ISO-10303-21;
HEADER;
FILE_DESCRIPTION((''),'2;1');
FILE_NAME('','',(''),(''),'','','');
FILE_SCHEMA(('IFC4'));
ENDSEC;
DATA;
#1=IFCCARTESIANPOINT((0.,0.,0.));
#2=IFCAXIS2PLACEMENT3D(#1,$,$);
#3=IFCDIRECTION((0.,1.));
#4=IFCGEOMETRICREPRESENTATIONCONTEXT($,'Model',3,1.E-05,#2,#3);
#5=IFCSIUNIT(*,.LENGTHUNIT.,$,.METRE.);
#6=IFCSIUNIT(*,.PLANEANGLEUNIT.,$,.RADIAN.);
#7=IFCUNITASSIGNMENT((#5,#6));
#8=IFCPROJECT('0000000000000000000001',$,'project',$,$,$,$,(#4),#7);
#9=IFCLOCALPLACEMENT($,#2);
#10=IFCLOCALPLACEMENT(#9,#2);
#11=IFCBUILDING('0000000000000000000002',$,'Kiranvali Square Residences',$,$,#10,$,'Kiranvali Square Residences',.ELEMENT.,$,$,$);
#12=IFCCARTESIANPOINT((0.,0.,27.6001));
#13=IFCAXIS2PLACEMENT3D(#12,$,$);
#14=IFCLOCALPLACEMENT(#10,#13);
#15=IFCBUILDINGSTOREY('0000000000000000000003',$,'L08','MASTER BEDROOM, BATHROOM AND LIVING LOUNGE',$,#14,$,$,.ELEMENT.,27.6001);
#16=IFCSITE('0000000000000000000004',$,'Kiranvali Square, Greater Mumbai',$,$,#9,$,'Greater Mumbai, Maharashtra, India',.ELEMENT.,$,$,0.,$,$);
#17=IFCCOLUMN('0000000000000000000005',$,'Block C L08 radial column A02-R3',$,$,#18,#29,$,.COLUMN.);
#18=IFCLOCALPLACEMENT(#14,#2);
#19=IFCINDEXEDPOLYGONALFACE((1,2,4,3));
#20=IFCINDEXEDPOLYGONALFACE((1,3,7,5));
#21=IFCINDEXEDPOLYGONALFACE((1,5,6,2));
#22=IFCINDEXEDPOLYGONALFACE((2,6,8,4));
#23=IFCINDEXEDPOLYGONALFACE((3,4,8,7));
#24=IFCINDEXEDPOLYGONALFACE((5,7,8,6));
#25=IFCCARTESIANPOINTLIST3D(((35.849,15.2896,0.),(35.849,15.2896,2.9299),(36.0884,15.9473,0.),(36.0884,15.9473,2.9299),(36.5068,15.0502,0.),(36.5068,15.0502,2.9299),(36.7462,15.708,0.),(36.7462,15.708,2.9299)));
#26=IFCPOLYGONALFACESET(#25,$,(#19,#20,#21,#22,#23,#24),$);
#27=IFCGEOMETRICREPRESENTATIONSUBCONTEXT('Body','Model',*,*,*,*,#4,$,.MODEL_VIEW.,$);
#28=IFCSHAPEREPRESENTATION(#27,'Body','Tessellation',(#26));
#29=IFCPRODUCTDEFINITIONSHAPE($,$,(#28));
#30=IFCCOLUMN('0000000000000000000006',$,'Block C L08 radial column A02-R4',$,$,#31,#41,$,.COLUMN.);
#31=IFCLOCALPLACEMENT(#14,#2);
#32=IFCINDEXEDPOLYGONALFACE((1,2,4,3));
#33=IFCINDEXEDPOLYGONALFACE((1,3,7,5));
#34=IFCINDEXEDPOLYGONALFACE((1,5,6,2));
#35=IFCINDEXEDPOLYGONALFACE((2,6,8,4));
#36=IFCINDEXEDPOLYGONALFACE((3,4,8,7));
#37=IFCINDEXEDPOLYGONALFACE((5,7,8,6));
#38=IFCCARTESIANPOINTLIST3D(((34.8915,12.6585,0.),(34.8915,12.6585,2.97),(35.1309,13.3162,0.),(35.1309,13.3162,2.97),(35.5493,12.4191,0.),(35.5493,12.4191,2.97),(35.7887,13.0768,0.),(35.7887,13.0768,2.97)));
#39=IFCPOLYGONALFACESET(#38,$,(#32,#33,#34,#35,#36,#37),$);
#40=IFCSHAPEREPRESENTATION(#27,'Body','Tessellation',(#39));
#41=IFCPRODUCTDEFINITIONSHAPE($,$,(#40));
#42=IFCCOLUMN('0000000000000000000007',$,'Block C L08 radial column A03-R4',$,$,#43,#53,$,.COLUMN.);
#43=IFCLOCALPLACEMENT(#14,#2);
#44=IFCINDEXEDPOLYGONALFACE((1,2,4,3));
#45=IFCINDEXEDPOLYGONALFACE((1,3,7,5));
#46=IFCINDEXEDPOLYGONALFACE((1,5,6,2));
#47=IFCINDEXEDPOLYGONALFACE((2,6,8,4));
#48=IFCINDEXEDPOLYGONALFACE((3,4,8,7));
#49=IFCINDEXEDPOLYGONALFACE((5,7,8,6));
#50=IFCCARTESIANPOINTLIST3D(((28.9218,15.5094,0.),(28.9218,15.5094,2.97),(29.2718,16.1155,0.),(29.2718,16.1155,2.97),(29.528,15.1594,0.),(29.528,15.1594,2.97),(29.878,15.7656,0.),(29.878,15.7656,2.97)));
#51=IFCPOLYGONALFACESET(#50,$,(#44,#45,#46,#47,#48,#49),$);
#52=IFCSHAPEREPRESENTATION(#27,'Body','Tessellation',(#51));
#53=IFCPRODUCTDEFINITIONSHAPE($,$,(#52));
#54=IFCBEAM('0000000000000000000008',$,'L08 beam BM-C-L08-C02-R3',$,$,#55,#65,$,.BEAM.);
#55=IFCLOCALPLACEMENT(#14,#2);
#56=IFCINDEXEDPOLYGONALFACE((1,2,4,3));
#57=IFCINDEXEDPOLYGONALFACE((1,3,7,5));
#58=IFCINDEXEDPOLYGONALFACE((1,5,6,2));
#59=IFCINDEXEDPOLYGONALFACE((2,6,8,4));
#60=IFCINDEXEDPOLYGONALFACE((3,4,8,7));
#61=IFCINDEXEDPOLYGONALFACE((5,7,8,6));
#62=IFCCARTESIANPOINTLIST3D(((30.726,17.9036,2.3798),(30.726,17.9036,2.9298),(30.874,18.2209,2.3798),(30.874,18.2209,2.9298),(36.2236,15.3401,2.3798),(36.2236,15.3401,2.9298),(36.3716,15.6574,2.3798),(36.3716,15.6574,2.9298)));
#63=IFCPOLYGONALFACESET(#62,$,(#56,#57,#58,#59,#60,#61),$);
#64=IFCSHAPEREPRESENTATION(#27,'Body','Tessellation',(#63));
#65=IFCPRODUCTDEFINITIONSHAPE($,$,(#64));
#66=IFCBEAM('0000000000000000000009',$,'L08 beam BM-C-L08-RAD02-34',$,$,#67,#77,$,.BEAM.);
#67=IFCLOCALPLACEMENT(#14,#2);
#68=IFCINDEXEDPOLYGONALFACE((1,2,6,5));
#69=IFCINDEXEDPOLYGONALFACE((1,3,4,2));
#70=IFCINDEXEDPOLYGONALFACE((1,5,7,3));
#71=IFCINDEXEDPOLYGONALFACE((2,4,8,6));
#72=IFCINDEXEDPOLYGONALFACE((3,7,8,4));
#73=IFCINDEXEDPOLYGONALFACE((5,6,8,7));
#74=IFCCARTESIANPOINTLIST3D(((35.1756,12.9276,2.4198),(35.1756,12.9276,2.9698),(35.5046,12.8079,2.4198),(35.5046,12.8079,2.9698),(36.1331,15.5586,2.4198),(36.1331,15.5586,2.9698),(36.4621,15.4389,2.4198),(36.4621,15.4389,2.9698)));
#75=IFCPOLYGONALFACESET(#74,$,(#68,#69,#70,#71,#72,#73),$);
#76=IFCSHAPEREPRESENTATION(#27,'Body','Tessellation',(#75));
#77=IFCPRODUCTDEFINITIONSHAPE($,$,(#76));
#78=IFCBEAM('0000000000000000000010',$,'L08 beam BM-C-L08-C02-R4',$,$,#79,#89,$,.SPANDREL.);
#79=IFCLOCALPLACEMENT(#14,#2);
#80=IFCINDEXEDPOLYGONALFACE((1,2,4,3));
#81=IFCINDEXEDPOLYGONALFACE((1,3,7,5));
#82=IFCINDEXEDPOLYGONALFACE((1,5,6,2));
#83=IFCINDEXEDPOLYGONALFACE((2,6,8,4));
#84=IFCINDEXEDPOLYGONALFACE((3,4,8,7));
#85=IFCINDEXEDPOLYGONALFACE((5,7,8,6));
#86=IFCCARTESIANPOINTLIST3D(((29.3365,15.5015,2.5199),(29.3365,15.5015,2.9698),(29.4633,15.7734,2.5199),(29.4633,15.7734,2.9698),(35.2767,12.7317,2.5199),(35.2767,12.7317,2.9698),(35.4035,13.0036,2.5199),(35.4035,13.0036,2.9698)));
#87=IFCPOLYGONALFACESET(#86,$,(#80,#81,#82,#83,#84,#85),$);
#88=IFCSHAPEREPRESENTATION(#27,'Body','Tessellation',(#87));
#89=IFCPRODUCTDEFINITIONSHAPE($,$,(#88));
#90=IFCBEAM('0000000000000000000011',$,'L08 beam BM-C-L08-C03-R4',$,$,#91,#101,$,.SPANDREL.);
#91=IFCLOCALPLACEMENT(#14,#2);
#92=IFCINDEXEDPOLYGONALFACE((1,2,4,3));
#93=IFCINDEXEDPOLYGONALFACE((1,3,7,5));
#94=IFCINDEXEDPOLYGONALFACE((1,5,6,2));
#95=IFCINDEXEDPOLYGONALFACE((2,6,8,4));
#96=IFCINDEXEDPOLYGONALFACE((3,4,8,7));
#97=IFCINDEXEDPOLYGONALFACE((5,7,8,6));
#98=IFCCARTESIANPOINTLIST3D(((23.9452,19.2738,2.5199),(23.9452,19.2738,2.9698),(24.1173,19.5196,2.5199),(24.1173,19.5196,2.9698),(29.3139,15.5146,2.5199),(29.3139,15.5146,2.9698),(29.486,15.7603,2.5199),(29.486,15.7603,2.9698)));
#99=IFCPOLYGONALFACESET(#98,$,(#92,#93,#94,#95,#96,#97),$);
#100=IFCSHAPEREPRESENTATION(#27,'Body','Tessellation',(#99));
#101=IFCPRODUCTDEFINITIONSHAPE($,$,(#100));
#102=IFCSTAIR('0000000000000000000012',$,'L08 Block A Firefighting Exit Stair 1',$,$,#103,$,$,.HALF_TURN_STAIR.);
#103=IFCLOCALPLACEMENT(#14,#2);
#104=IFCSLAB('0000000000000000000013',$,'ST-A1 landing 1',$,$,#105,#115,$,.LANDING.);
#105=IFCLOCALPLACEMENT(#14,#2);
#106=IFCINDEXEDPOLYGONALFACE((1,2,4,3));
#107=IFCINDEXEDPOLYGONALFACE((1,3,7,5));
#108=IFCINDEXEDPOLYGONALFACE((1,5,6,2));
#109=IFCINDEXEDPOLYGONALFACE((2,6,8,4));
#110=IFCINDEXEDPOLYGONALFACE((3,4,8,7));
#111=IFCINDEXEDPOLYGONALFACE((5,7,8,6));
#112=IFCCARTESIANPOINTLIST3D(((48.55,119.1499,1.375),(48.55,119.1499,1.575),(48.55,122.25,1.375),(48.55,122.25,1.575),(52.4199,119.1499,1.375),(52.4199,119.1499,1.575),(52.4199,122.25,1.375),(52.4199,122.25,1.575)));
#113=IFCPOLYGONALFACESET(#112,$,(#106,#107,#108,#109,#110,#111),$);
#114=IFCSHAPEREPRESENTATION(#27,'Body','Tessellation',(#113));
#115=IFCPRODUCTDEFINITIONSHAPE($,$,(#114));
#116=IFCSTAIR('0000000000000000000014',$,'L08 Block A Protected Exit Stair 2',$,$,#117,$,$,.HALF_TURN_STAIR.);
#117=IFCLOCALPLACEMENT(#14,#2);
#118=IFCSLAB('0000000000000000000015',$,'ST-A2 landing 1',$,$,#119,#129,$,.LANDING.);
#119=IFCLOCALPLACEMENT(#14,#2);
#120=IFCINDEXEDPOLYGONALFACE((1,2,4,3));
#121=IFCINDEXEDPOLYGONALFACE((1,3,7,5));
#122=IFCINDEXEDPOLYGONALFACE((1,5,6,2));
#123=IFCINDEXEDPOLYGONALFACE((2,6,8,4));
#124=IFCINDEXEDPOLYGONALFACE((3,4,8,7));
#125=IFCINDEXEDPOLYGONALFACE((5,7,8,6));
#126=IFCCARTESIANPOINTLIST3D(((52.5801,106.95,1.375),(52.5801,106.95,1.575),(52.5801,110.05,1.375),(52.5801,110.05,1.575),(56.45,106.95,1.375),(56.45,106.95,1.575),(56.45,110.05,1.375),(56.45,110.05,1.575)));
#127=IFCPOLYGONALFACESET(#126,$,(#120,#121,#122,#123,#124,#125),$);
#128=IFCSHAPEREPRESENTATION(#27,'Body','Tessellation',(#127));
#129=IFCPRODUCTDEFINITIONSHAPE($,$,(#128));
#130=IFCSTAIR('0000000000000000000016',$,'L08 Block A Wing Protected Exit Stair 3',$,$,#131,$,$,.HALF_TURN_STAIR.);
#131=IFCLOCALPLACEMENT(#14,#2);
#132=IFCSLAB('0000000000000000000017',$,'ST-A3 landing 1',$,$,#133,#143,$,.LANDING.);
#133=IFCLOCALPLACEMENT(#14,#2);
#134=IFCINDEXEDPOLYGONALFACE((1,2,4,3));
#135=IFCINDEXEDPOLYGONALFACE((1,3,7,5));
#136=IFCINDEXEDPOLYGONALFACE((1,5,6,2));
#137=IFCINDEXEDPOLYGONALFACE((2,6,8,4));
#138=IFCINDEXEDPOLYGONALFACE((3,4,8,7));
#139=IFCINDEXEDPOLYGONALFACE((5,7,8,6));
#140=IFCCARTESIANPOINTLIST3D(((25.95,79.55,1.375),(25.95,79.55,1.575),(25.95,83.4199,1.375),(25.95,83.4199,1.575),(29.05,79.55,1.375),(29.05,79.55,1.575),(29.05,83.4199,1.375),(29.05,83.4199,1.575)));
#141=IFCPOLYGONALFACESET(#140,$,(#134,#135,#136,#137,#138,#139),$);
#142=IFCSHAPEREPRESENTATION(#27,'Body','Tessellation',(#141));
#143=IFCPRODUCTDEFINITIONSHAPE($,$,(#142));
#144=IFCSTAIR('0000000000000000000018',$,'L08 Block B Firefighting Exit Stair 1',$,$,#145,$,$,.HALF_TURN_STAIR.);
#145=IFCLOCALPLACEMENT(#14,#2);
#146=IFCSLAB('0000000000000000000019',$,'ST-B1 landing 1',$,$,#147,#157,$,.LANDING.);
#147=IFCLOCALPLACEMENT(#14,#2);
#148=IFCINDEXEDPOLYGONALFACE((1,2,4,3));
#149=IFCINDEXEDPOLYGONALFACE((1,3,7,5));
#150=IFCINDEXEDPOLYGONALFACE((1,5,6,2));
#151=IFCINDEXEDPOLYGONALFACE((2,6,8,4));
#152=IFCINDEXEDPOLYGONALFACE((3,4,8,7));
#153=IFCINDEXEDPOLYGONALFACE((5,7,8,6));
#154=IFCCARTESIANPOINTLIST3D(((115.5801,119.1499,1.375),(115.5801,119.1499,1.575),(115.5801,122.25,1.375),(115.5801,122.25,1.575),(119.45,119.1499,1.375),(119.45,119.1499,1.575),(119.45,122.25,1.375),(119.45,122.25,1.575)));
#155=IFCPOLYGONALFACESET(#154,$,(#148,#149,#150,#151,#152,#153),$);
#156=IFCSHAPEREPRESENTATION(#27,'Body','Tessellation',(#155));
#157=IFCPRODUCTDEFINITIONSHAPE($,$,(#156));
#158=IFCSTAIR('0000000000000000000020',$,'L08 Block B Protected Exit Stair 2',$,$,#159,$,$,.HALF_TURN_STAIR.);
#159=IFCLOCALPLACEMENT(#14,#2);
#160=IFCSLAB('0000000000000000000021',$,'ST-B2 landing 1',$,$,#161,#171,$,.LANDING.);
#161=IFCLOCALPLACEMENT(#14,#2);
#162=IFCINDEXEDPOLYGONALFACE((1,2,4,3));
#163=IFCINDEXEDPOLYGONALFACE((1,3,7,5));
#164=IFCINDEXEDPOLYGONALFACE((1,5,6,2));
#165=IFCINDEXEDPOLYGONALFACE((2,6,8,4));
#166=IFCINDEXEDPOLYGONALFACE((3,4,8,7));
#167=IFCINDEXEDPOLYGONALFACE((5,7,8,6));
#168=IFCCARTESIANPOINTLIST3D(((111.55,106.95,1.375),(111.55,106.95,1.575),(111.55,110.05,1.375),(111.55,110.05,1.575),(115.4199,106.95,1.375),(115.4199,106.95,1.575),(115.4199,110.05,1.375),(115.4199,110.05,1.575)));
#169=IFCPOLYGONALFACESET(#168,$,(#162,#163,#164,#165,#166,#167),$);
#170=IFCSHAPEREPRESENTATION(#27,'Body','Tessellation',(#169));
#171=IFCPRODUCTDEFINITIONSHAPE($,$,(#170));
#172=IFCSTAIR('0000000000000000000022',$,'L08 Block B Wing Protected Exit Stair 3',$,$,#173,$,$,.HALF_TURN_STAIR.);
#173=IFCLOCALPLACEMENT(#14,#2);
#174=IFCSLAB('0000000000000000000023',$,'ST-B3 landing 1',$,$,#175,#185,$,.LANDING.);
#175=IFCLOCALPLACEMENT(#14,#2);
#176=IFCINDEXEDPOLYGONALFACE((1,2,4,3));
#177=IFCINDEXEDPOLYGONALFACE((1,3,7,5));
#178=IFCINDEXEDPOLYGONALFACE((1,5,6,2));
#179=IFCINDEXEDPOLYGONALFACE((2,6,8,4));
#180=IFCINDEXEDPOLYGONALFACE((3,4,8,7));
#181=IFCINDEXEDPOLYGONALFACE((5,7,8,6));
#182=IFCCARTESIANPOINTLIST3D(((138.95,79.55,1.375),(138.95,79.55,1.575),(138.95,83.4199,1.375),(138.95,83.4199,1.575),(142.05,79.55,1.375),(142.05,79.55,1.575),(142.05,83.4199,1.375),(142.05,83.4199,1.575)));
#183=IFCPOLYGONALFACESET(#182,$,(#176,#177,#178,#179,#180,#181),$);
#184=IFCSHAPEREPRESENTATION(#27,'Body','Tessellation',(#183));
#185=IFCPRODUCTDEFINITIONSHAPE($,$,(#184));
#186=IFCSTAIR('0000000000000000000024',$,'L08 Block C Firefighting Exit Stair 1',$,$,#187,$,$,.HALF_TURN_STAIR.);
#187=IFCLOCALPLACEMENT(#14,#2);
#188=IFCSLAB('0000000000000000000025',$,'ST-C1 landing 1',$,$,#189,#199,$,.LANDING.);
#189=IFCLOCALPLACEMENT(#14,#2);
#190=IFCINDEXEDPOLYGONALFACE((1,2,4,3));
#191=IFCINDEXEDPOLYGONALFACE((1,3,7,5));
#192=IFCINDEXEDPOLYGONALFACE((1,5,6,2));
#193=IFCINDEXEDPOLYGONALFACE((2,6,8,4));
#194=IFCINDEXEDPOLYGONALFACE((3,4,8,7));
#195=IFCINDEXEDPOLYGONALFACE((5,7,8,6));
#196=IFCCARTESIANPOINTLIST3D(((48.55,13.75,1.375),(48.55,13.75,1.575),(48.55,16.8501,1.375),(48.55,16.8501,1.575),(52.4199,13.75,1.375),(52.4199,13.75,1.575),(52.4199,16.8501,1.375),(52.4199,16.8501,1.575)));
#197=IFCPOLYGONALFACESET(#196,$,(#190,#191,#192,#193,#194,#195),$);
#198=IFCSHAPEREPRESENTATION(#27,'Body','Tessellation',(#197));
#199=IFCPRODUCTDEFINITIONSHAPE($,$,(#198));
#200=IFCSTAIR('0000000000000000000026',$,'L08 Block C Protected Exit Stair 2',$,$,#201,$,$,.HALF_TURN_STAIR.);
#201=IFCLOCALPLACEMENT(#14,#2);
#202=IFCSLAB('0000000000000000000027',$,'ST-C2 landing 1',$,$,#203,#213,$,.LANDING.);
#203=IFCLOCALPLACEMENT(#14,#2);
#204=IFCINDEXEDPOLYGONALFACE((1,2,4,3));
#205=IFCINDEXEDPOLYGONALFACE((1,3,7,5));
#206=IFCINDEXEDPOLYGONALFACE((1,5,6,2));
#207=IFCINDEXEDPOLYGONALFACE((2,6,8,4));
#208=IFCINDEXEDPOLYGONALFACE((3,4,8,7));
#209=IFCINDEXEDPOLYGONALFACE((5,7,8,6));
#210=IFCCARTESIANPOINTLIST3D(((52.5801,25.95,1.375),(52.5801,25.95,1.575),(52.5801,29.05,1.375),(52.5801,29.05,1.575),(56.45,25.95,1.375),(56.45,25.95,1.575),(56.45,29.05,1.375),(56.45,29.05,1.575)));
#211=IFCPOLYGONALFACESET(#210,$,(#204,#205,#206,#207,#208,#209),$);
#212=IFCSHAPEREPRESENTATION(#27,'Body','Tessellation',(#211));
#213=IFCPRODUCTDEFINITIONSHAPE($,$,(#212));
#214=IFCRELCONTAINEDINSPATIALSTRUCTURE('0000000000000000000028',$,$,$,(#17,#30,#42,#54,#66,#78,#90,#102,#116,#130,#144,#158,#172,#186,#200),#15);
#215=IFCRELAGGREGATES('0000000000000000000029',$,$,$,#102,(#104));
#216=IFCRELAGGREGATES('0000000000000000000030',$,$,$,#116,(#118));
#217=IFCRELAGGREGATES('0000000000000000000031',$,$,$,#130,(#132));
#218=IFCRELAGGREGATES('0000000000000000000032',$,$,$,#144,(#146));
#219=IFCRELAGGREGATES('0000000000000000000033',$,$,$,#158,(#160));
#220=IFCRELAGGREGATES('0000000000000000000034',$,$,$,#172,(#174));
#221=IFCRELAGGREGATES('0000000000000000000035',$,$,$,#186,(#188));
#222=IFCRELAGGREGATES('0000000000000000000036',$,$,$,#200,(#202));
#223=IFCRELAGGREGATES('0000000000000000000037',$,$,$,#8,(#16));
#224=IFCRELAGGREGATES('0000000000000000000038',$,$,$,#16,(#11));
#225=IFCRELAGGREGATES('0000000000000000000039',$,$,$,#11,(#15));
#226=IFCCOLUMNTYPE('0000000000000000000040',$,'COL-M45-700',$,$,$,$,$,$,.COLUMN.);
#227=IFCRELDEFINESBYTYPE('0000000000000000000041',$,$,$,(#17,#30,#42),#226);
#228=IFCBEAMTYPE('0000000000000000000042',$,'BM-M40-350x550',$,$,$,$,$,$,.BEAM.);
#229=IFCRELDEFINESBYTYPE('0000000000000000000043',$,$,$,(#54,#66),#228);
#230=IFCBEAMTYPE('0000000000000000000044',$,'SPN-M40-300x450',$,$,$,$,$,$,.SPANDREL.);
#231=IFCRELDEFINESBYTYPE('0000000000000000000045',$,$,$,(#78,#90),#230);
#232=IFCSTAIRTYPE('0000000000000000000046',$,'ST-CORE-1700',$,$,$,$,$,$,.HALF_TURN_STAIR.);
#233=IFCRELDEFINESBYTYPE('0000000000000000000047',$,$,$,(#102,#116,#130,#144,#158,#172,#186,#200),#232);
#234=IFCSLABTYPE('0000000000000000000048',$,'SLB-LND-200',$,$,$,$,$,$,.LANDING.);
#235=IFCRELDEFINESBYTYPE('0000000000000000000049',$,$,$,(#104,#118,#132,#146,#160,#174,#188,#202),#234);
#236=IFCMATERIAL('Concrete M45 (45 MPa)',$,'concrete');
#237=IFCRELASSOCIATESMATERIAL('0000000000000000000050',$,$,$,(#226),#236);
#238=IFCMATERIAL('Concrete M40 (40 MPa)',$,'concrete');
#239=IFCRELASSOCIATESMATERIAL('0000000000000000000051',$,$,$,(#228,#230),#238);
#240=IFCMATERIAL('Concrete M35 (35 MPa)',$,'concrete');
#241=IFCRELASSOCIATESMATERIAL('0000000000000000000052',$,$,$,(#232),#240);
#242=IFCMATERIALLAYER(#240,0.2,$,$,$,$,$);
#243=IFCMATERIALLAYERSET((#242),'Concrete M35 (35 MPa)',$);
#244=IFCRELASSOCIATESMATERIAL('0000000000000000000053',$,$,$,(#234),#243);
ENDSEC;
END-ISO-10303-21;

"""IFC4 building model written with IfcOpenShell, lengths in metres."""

from ifc_helpers import new_model, si_unit, direction, frame, origin, origin_2d, place, context, subcontext, project, spatial, polyline, rectangle, outline, extrude, material, layer, layer_set, material_profile, profile_set, type_object, element, aggregate, save


model = new_model("IFC4")

# Units and contexts
model_context = context("Model", 3, precision=1e-05, world=origin(), true_north=direction((0.0, 1.0)))
body_context = subcontext(model_context, "Body", "Model", "MODEL_VIEW")
ifc_project = project(units=[si_unit("LENGTHUNIT", "METRE"), si_unit("PLANEANGLEUNIT", "RADIAN")], contexts=[model_context])

# Site, building, storey
site_placement = place(None, origin())
site = spatial("IfcSite", under=ifc_project, at=site_placement, Name="Kiranvali Square, Greater Mumbai", LongName="Greater Mumbai, Maharashtra, India", CompositionType="ELEMENT", RefElevation=0.0)
building_placement = place(site_placement, origin())
building = spatial("IfcBuilding", under=site, at=building_placement, Name="Kiranvali Square Residences", LongName="Kiranvali Square Residences", CompositionType="ELEMENT")
storey_placement = place(building_placement, frame((0.0, 0.0, 27.6001)))
storey = spatial("IfcBuildingStorey", under=building, at=storey_placement, Name="L08", Description="MASTER BEDROOM, BATHROOM AND LIVING LOUNGE", CompositionType="ELEMENT", Elevation=27.6001)

# Columns
ifc_material_1 = material(Name="Concrete M45 (45 MPa)", Category="concrete")
ifc_material_profile_1 = material_profile(ifc_material_1, rectangle(XDim=0.7, YDim=0.7, at=origin_2d()), Name="RC 700x700")
ifc_profile_set_1 = profile_set([ifc_material_profile_1], Name="Concrete M45 (45 MPa)")
column_type = type_object("IfcColumnType", Name="COL-M45-700", PredefinedType="COLUMN", material=ifc_profile_set_1)
column_placement = place(storey_placement, frame((36.2976, 15.4988, 0.0), z_axis=(0.0, 0.0, 1.0), x_axis=(-0.939693, 0.34202, 0.0)))
element("IfcColumn", 1, at=column_placement, inside=storey, type_object=column_type, Name="Block C L08 radial column A02-R3", PredefinedType="COLUMN", context=body_context, shape_type="SweptSolid", body=[
    extrude(rectangle(XDim=0.7, YDim=0.7, at=origin_2d()), origin(), (0.0, 0.0, 1.0), 2.9299),
])
for number, where, z_axis, x_axis, name in (
    (2, (35.3401, 12.8677, 0.0), (0.0, 0.0, 1.0), (-0.939693, 0.34202, 0.0), "Block C L08 radial column A02-R4"),
    (3, (29.3999, 15.6375, 0.0), (0.0, 0.0, 1.0), (-0.866025, 0.5, 0.0), "Block C L08 radial column A03-R4"),
):
    element("IfcColumn", number, at=place(storey_placement, frame(where, z_axis=z_axis, x_axis=x_axis)), inside=storey, type_object=column_type, Name=name, PredefinedType="COLUMN", context=body_context, shape_type="SweptSolid", body=[
        extrude(rectangle(XDim=0.7, YDim=0.7, at=origin_2d()), origin(), (0.0, 0.0, 1.0), 2.97),
    ])

# Beams
ifc_material_2 = material(Name="Concrete M40 (40 MPa)", Category="concrete")
ifc_material_profile_2 = material_profile(ifc_material_2, rectangle(XDim=0.3501, YDim=0.55, at=origin_2d()), Name="RC 350x550")
ifc_profile_set_2 = profile_set([ifc_material_profile_2], Name="Concrete M40 (40 MPa)")
beam_type_1 = type_object("IfcBeamType", Name="BM-M40-350x550", PredefinedType="BEAM", material=ifc_profile_set_2)
beam_1_placement = place(storey_placement, frame((36.2976, 15.4988, 2.6548), z_axis=(-0.906313, 0.422608, 0.0), x_axis=(-0.422608, -0.906313, 0.0)))
element("IfcBeam", 4, at=beam_1_placement, inside=storey, type_object=beam_type_1, Name="L08 beam BM-C-L08-C02-R3", PredefinedType="BEAM", context=body_context, shape_type="SweptSolid", body=[
    extrude(rectangle(XDim=0.3501, YDim=0.55, at=origin_2d()), origin(), (0.0, 0.0, 1.0), 6.0659),
])
beam_2_placement = place(storey_placement, frame((36.2976, 15.4988, 2.6948), z_axis=(-0.341981, -0.939707, 0.0), x_axis=(0.939707, -0.341981, 0.0)))
element("IfcBeam", 5, at=beam_2_placement, inside=storey, type_object=beam_type_1, Name="L08 beam BM-C-L08-RAD02-34", PredefinedType="BEAM", context=body_context, shape_type="SweptSolid", body=[
    extrude(rectangle(XDim=0.3501, YDim=0.55, at=origin_2d()), origin(), (0.0, 0.0, 1.0), 2.7998),
])
ifc_material_profile_3 = material_profile(ifc_material_2, rectangle(XDim=0.3, YDim=0.45, at=origin_2d()), Name="RC 300x450")
ifc_profile_set_3 = profile_set([ifc_material_profile_3], Name="Concrete M40 (40 MPa)")
beam_type_2 = type_object("IfcBeamType", Name="SPN-M40-300x450", PredefinedType="SPANDREL", material=ifc_profile_set_3)
beam_3_placement = place(storey_placement, frame((35.3401, 12.8677, 2.7449), z_axis=(-0.906318, 0.422596, 0.0), x_axis=(-0.422596, -0.906318, 0.0)))
element("IfcBeam", 6, at=beam_3_placement, inside=storey, type_object=beam_type_2, Name="L08 beam BM-C-L08-C02-R4", PredefinedType="SPANDREL", context=body_context, shape_type="SweptSolid", body=[
    extrude(rectangle(XDim=0.3, YDim=0.45, at=origin_2d()), origin(), (0.0, 0.0, 1.0), 6.5542),
])
beam_4_placement = place(storey_placement, frame((29.3999, 15.6375, 2.7449), z_axis=(-0.819144, 0.573587, 0.0), x_axis=(-0.573587, -0.819144, 0.0)))
element("IfcBeam", 7, at=beam_4_placement, inside=storey, type_object=beam_type_2, Name="L08 beam BM-C-L08-C03-R4", PredefinedType="SPANDREL", context=body_context, shape_type="SweptSolid", body=[
    extrude(rectangle(XDim=0.3, YDim=0.45, at=origin_2d()), origin(), (0.0, 0.0, 1.0), 6.554),
])

# Stairs, slabs
ifc_material_3 = material(Name="Concrete M35 (35 MPa)", Category="concrete")
stair_type = type_object("IfcStairType", Name="ST-CORE-1700", PredefinedType="HALF_TURN_STAIR", material=ifc_material_3)
stair_1_placement = place(storey_placement, origin())
stair_1 = element("IfcStair", 8, at=stair_1_placement, inside=storey, type_object=stair_type, Name="L08 Block A Firefighting Exit Stair 1", PredefinedType="HALF_TURN_STAIR")
ifc_layer_1 = layer(ifc_material_3, 0.2)
ifc_layer_set_1 = layer_set([ifc_layer_1], Name="Concrete M35 (35 MPa)")
slab_type = type_object("IfcSlabType", Name="SLB-LND-200", PredefinedType="LANDING", material=ifc_layer_set_1)
slab_1_placement = place(storey_placement, frame((0.0, 0.0, 1.375)))
slab_1 = element("IfcSlab", 9, at=slab_1_placement, type_object=slab_type, Name="ST-A1 landing 1", PredefinedType="LANDING", context=body_context, shape_type="SweptSolid", body=[
    extrude(outline(polyline([(52.4199, 122.25), (48.55, 122.25), (48.55, 119.1499), (52.4199, 119.1499), (52.4199, 122.25)])), origin(), (0.0, 0.0, 1.0), 0.2),
])
aggregate(stair_1, [slab_1])
stair_2_placement = place(storey_placement, origin())
stair_2 = element("IfcStair", 10, at=stair_2_placement, inside=storey, type_object=stair_type, Name="L08 Block A Protected Exit Stair 2", PredefinedType="HALF_TURN_STAIR")
slab_2_placement = place(storey_placement, frame((0.0, 0.0, 1.375)))
slab_2 = element("IfcSlab", 11, at=slab_2_placement, type_object=slab_type, Name="ST-A2 landing 1", PredefinedType="LANDING", context=body_context, shape_type="SweptSolid", body=[
    extrude(outline(polyline([(52.5801, 106.95), (56.45, 106.95), (56.45, 110.05), (52.5801, 110.05), (52.5801, 106.95)])), origin(), (0.0, 0.0, 1.0), 0.2),
])
aggregate(stair_2, [slab_2])
stair_3_placement = place(storey_placement, origin())
stair_3 = element("IfcStair", 12, at=stair_3_placement, inside=storey, type_object=stair_type, Name="L08 Block A Wing Protected Exit Stair 3", PredefinedType="HALF_TURN_STAIR")
slab_3_placement = place(storey_placement, frame((0.0, 0.0, 1.375)))
slab_3 = element("IfcSlab", 13, at=slab_3_placement, type_object=slab_type, Name="ST-A3 landing 1", PredefinedType="LANDING", context=body_context, shape_type="SweptSolid", body=[
    extrude(outline(polyline([(25.95, 83.4199), (25.95, 79.55), (29.05, 79.55), (29.05, 83.4199), (25.95, 83.4199)])), origin(), (0.0, 0.0, 1.0), 0.2),
])
aggregate(stair_3, [slab_3])
stair_4_placement = place(storey_placement, origin())
stair_4 = element("IfcStair", 14, at=stair_4_placement, inside=storey, type_object=stair_type, Name="L08 Block B Firefighting Exit Stair 1", PredefinedType="HALF_TURN_STAIR")
slab_4_placement = place(storey_placement, frame((0.0, 0.0, 1.375)))
slab_4 = element("IfcSlab", 15, at=slab_4_placement, type_object=slab_type, Name="ST-B1 landing 1", PredefinedType="LANDING", context=body_context, shape_type="SweptSolid", body=[
    extrude(outline(polyline([(115.5801, 119.1499), (119.45, 119.1499), (119.45, 122.25), (115.5801, 122.25), (115.5801, 119.1499)])), origin(), (0.0, 0.0, 1.0), 0.2),
])
aggregate(stair_4, [slab_4])
stair_5_placement = place(storey_placement, origin())
stair_5 = element("IfcStair", 16, at=stair_5_placement, inside=storey, type_object=stair_type, Name="L08 Block B Protected Exit Stair 2", PredefinedType="HALF_TURN_STAIR")
slab_5_placement = place(storey_placement, frame((0.0, 0.0, 1.375)))
slab_5 = element("IfcSlab", 17, at=slab_5_placement, type_object=slab_type, Name="ST-B2 landing 1", PredefinedType="LANDING", context=body_context, shape_type="SweptSolid", body=[
    extrude(outline(polyline([(115.4199, 110.05), (111.55, 110.05), (111.55, 106.95), (115.4199, 106.95), (115.4199, 110.05)])), origin(), (0.0, 0.0, 1.0), 0.2),
])
aggregate(stair_5, [slab_5])
stair_6_placement = place(storey_placement, origin())
stair_6 = element("IfcStair", 18, at=stair_6_placement, inside=storey, type_object=stair_type, Name="L08 Block B Wing Protected Exit Stair 3", PredefinedType="HALF_TURN_STAIR")
slab_6_placement = place(storey_placement, frame((0.0, 0.0, 1.375)))
slab_6 = element("IfcSlab", 19, at=slab_6_placement, type_object=slab_type, Name="ST-B3 landing 1", PredefinedType="LANDING", context=body_context, shape_type="SweptSolid", body=[
    extrude(outline(polyline([(138.95, 83.4199), (138.95, 79.55), (142.05, 79.55), (142.05, 83.4199), (138.95, 83.4199)])), origin(), (0.0, 0.0, 1.0), 0.2),
])
aggregate(stair_6, [slab_6])
stair_7_placement = place(storey_placement, origin())
stair_7 = element("IfcStair", 20, at=stair_7_placement, inside=storey, type_object=stair_type, Name="L08 Block C Firefighting Exit Stair 1", PredefinedType="HALF_TURN_STAIR")
slab_7_placement = place(storey_placement, frame((0.0, 0.0, 1.375)))
slab_7 = element("IfcSlab", 21, at=slab_7_placement, type_object=slab_type, Name="ST-C1 landing 1", PredefinedType="LANDING", context=body_context, shape_type="SweptSolid", body=[
    extrude(outline(polyline([(52.4199, 16.8501), (48.55, 16.8501), (48.55, 13.75), (52.4199, 13.75), (52.4199, 16.8501)])), origin(), (0.0, 0.0, 1.0), 0.2),
])
aggregate(stair_7, [slab_7])
stair_8_placement = place(storey_placement, origin())
stair_8 = element("IfcStair", 22, at=stair_8_placement, inside=storey, type_object=stair_type, Name="L08 Block C Protected Exit Stair 2", PredefinedType="HALF_TURN_STAIR")
slab_8_placement = place(storey_placement, frame((0.0, 0.0, 1.375)))
slab_8 = element("IfcSlab", 23, at=slab_8_placement, type_object=slab_type, Name="ST-C2 landing 1", PredefinedType="LANDING", context=body_context, shape_type="SweptSolid", body=[
    extrude(outline(polyline([(52.5801, 25.95), (56.45, 25.95), (56.45, 29.05), (52.5801, 29.05), (52.5801, 25.95)])), origin(), (0.0, 0.0, 1.0), 0.2),
])
aggregate(stair_8, [slab_8])

save(model, "model.ifc")
